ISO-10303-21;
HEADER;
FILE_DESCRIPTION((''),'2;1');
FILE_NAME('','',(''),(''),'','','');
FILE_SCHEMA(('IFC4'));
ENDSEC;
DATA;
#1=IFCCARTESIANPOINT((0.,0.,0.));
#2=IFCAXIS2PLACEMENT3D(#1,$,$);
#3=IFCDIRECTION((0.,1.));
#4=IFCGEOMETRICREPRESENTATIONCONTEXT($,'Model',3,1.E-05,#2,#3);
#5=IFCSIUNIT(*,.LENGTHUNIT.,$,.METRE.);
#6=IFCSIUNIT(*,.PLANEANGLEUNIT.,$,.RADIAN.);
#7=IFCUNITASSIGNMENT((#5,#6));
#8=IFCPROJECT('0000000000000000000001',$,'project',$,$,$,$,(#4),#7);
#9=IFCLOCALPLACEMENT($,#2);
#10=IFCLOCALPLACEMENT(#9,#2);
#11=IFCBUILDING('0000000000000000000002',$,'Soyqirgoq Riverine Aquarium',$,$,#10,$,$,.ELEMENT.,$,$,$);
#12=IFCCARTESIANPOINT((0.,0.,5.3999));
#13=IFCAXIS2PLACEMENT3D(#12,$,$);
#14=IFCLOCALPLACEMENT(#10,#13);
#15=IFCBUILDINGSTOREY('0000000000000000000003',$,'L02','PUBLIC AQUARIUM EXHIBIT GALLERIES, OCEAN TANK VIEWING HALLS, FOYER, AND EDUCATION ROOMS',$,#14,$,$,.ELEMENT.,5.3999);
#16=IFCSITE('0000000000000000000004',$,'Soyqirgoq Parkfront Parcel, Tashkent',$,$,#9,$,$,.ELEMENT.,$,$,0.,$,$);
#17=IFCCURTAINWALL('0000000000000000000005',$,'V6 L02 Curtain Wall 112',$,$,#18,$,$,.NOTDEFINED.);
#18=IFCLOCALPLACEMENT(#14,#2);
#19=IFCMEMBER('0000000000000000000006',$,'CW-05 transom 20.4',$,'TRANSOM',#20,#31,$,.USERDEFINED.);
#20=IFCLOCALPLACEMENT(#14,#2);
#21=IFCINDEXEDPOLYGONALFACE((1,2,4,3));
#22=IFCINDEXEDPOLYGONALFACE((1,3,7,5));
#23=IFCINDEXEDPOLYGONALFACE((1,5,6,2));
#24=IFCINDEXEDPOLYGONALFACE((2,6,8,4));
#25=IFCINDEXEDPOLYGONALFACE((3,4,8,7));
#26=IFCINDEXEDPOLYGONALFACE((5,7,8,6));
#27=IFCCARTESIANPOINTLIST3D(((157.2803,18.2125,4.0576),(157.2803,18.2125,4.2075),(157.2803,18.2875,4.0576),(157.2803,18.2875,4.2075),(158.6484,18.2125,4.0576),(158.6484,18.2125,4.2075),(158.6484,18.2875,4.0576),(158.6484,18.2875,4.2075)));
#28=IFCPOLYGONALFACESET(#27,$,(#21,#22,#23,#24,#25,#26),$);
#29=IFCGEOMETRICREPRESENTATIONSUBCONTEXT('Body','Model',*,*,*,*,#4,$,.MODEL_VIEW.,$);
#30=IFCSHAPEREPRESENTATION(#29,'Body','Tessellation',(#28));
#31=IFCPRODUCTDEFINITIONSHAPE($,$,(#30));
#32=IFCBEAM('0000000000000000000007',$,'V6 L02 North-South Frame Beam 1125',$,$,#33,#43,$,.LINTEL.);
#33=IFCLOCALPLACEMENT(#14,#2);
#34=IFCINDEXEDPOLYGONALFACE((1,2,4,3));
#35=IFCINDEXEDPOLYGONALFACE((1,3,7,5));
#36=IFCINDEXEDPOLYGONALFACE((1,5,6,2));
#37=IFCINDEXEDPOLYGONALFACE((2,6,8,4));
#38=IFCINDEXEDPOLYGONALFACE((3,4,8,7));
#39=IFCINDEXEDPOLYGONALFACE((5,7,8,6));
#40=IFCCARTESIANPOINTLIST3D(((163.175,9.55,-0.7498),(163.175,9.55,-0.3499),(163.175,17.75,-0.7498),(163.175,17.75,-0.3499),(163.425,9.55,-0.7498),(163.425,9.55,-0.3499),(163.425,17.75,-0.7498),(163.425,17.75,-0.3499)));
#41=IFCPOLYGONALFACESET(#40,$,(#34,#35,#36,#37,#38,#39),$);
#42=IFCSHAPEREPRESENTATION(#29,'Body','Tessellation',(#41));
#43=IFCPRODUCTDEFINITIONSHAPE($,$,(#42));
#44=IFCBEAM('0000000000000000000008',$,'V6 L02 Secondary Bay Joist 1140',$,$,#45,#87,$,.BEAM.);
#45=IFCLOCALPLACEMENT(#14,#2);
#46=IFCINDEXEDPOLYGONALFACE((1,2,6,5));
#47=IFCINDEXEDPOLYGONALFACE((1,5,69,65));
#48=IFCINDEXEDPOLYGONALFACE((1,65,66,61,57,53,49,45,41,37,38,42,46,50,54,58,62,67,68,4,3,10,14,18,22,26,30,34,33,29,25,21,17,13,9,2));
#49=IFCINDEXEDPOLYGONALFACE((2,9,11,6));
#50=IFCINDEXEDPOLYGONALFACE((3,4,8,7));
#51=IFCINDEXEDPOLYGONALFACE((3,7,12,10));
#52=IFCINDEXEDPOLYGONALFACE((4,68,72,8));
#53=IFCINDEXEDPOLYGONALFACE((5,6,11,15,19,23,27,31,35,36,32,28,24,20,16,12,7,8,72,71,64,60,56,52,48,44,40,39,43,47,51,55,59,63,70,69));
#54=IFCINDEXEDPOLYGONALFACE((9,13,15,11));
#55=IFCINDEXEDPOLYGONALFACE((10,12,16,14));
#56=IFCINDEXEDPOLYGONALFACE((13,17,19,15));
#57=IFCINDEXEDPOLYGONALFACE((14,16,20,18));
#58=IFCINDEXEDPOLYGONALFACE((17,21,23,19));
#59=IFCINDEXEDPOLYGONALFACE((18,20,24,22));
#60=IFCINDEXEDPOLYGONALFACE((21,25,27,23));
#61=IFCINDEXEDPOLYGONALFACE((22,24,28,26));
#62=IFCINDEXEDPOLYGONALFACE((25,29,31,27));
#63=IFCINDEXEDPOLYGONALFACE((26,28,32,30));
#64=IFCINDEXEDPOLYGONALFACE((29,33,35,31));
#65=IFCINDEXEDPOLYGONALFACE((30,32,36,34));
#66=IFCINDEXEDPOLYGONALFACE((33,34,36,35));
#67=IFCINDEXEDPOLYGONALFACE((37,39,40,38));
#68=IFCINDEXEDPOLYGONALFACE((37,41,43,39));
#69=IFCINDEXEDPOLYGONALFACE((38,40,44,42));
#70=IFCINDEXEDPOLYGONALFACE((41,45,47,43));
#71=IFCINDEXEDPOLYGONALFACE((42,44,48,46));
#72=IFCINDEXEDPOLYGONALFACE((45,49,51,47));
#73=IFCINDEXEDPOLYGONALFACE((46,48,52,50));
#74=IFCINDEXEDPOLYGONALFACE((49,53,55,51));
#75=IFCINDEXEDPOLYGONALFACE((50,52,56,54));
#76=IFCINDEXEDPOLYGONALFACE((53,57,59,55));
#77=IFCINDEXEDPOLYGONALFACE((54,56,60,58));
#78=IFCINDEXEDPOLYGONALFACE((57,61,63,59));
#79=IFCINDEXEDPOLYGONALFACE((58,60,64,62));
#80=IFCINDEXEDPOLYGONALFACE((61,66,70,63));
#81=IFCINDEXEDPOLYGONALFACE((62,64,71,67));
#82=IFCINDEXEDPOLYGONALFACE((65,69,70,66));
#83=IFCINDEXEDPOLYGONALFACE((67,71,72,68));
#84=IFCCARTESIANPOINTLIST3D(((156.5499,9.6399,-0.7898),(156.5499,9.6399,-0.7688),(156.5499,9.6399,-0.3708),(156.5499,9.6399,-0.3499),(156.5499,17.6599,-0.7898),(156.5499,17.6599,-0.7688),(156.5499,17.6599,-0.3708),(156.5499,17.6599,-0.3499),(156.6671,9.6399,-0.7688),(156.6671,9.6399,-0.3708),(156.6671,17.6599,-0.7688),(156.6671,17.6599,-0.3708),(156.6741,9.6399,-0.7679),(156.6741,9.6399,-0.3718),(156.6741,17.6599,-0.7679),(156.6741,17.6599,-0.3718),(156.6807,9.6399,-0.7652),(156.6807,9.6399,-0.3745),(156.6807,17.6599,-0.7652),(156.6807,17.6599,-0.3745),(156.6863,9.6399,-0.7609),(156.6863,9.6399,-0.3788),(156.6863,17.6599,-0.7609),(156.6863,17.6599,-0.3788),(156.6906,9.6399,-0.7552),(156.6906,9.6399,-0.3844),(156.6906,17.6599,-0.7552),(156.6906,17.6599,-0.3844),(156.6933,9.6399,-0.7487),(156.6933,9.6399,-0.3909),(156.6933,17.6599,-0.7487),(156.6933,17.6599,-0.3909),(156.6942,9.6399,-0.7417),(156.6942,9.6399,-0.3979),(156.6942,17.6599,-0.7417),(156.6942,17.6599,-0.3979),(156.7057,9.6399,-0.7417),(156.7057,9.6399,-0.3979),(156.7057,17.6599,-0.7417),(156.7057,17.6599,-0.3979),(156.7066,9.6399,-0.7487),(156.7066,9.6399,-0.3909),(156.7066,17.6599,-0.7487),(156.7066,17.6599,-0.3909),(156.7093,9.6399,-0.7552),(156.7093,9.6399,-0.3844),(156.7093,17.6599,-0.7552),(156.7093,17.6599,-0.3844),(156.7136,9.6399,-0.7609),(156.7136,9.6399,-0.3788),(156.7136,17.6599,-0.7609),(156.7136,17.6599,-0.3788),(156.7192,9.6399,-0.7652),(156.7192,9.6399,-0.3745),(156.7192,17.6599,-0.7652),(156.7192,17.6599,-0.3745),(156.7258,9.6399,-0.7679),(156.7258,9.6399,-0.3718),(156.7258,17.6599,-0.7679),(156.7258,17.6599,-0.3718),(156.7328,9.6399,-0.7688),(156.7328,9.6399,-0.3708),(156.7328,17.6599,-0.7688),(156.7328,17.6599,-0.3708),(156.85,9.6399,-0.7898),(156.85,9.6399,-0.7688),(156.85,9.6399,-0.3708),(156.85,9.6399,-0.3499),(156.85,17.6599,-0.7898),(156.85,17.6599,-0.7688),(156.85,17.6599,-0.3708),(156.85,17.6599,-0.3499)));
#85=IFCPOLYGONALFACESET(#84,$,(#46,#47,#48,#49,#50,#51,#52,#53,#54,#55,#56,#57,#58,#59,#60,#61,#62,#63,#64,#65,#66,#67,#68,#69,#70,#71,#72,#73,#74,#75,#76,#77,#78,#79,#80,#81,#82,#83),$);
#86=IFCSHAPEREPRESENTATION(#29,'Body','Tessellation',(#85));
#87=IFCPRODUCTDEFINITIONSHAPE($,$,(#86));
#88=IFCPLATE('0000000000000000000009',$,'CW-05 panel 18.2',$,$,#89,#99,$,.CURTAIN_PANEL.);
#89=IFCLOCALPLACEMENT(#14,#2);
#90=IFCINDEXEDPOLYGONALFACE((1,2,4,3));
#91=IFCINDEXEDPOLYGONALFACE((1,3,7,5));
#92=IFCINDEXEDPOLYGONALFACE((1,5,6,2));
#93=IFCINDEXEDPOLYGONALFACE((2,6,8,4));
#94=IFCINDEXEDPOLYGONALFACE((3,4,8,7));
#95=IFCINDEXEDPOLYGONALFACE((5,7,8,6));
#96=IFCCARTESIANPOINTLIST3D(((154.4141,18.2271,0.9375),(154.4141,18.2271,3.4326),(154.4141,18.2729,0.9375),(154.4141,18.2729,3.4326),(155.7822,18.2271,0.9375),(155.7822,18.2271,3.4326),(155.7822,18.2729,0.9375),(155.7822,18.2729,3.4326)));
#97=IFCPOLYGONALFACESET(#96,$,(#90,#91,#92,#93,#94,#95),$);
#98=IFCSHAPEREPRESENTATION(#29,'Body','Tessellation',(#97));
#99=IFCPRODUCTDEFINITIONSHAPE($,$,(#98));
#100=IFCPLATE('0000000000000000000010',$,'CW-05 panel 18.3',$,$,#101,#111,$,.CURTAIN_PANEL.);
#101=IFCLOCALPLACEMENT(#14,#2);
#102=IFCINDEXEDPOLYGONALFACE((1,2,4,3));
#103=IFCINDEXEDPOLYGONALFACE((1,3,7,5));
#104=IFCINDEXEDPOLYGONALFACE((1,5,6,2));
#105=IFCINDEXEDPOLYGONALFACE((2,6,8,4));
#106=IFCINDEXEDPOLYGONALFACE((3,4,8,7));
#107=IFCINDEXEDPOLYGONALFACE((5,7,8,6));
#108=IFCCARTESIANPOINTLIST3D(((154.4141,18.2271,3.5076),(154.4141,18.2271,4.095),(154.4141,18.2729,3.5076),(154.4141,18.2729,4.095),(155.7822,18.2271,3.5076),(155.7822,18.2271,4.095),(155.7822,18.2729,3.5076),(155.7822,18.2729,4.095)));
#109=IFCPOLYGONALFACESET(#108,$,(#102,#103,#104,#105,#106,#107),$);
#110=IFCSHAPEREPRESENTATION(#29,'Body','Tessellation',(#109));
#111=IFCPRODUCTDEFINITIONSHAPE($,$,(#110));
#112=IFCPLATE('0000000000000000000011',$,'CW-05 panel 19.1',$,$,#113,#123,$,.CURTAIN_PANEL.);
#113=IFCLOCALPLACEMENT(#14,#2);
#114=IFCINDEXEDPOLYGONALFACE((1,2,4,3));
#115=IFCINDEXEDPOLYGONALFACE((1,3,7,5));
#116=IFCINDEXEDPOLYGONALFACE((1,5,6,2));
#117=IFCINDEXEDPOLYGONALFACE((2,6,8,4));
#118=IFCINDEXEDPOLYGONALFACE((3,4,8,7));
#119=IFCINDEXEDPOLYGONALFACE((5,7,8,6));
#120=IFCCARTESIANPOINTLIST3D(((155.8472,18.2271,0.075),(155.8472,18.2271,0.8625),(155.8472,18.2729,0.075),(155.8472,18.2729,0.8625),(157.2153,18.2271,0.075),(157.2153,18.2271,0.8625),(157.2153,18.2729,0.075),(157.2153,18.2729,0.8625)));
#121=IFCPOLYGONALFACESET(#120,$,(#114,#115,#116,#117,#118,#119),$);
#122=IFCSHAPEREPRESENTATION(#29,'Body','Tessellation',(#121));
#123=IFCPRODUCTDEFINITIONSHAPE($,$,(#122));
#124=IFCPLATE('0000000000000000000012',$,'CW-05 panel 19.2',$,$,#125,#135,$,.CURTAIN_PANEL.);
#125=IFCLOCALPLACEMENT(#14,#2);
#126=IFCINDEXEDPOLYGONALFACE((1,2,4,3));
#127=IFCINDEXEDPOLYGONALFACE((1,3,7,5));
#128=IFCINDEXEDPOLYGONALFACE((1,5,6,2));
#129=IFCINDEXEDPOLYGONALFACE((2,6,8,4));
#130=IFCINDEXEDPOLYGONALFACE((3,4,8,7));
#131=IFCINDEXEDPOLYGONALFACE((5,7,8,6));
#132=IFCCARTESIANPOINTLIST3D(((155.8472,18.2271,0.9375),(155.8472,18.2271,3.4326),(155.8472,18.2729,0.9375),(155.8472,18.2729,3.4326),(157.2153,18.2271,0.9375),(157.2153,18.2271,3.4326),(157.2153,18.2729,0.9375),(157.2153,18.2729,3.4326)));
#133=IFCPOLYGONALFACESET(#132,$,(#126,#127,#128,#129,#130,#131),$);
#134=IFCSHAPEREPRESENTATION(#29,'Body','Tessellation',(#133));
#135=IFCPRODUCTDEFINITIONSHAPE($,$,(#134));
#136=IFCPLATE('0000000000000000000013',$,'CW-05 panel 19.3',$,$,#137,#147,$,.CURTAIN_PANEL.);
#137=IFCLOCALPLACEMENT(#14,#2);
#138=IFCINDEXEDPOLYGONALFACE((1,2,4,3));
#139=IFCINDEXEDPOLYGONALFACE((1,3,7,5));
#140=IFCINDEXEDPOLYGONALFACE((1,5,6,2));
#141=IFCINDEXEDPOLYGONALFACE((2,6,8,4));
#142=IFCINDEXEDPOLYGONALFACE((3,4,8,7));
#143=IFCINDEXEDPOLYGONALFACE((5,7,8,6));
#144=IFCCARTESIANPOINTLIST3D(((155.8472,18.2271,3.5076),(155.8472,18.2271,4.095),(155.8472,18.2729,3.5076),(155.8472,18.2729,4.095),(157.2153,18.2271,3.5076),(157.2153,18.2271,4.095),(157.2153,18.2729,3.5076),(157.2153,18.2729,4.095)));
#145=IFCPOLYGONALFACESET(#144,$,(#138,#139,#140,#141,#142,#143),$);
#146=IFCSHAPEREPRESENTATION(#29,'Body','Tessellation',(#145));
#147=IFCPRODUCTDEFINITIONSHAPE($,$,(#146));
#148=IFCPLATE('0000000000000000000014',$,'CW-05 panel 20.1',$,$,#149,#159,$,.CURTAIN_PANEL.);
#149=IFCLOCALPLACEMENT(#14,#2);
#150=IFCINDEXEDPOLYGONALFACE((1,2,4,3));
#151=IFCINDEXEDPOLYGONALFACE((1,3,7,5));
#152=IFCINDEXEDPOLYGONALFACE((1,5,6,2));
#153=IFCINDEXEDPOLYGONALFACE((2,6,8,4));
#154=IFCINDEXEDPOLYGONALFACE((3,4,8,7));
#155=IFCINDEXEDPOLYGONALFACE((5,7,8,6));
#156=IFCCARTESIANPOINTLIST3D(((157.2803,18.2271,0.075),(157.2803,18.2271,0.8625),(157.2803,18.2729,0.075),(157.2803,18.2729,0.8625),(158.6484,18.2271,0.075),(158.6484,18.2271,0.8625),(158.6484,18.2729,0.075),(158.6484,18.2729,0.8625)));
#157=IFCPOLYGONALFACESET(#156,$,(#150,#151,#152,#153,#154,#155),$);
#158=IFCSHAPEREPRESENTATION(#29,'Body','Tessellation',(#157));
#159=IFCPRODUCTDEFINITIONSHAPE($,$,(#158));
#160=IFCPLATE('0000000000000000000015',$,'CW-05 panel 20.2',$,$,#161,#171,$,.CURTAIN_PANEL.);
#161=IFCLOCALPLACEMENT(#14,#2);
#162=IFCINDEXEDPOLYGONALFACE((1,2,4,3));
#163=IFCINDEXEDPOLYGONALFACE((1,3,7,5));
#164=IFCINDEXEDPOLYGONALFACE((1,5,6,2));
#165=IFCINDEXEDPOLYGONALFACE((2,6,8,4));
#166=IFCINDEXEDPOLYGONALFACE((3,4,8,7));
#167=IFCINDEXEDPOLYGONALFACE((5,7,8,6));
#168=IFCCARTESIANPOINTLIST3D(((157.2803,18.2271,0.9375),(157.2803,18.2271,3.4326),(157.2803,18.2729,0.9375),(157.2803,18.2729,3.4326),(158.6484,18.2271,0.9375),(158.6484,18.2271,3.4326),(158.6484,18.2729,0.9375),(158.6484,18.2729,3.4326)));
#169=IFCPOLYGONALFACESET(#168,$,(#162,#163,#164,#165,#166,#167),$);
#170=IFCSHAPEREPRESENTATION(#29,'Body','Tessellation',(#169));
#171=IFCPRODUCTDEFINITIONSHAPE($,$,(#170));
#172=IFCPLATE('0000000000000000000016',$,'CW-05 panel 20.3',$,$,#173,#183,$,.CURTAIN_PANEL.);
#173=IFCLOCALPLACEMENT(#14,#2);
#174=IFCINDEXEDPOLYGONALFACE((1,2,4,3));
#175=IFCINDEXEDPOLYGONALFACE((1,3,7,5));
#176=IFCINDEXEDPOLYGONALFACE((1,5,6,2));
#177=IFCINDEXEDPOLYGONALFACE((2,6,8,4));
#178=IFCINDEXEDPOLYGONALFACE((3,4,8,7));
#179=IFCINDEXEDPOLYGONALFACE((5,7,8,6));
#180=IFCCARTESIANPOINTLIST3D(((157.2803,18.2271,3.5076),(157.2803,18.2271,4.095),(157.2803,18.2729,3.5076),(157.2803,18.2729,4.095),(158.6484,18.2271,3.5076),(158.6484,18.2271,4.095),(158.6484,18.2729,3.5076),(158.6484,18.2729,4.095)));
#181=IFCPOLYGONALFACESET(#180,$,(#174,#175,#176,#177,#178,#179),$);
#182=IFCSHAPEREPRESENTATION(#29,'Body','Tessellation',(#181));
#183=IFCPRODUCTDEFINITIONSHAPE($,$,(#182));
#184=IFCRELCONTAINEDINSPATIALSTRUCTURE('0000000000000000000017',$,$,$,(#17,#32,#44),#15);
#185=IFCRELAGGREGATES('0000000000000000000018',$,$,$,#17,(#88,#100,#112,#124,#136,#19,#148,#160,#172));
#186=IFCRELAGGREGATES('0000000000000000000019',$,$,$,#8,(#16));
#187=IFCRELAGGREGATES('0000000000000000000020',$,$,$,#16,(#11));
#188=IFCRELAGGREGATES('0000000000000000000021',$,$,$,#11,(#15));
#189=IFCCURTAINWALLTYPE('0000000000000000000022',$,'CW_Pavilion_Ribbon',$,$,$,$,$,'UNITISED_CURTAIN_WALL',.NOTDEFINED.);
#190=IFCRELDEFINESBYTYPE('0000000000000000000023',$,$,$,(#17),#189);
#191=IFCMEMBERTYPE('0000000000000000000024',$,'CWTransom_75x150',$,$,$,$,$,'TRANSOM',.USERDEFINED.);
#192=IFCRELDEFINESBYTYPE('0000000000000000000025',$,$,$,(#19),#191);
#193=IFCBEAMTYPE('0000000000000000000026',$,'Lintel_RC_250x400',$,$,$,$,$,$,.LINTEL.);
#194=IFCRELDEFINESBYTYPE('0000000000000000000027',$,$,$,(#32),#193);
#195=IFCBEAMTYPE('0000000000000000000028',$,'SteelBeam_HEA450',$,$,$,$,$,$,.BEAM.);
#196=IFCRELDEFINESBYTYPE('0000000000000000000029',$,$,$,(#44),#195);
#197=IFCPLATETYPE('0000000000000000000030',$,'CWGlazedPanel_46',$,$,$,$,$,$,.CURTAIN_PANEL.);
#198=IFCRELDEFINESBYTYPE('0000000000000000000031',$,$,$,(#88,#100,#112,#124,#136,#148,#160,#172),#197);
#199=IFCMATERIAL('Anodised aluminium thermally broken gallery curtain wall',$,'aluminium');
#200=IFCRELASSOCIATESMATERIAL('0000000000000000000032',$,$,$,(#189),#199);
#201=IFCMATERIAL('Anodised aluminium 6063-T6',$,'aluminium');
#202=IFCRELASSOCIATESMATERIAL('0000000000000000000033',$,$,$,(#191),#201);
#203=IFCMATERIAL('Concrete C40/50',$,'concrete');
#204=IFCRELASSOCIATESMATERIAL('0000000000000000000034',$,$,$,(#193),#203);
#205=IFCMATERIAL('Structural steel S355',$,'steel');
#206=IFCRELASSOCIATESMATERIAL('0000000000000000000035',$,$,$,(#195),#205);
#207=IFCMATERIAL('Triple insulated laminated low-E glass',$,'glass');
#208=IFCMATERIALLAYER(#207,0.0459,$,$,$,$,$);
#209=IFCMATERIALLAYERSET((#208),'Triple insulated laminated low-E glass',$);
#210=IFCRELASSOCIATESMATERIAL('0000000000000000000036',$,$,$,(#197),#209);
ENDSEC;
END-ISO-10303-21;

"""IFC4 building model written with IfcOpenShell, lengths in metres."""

from ifc_helpers import new_model, si_unit, direction, frame, origin, origin_2d, place, context, subcontext, project, spatial, rectangle, i_section, extrude, material, layer, layer_set, material_profile, profile_set, type_object, element, aggregate, save


model = new_model("IFC4")

# Units and contexts
model_context = context("Model", 3, precision=1e-05, world=origin(), true_north=direction((0.0, 1.0)))
body_context = subcontext(model_context, "Body", "Model", "MODEL_VIEW")
ifc_project = project(units=[si_unit("LENGTHUNIT", "METRE"), si_unit("PLANEANGLEUNIT", "RADIAN")], contexts=[model_context])

# Site, building, storey
site_placement = place(None, origin())
site = spatial("IfcSite", under=ifc_project, at=site_placement, Name="Soyqirgoq Parkfront Parcel, Tashkent", CompositionType="ELEMENT", RefElevation=0.0)
building_placement = place(site_placement, origin())
building = spatial("IfcBuilding", under=site, at=building_placement, Name="Soyqirgoq Riverine Aquarium", CompositionType="ELEMENT")
storey_placement = place(building_placement, frame((0.0, 0.0, 5.3999)))
storey = spatial("IfcBuildingStorey", under=building, at=storey_placement, Name="L02", Description="PUBLIC AQUARIUM EXHIBIT GALLERIES, OCEAN TANK VIEWING HALLS, FOYER, AND EDUCATION ROOMS", CompositionType="ELEMENT", Elevation=5.3999)

# Curtain wall, member
ifc_material_1 = material(Name="Anodised aluminium thermally broken gallery curtain wall", Category="aluminium")
curtain_wall_type = type_object("IfcCurtainWallType", Name="CW_Pavilion_Ribbon", ElementType="UNITISED_CURTAIN_WALL", PredefinedType="NOTDEFINED", material=ifc_material_1)
curtain_wall_placement = place(storey_placement, origin())
curtain_wall = element("IfcCurtainWall", 1, at=curtain_wall_placement, inside=storey, type_object=curtain_wall_type, Name="V6 L02 Curtain Wall 112", PredefinedType="NOTDEFINED")
ifc_material_2 = material(Name="Anodised aluminium 6063-T6", Category="aluminium")
ifc_material_profile_1 = material_profile(ifc_material_2, rectangle(XDim=0.075, YDim=0.1499, at=origin_2d()), Name="ALU-T 75x150")
ifc_profile_set_1 = profile_set([ifc_material_profile_1], Name="Anodised aluminium 6063-T6")
member_type_1 = type_object("IfcMemberType", Name="CWTransom_75x150", ElementType="TRANSOM", PredefinedType="USERDEFINED", material=ifc_profile_set_1)
member_1_placement = place(storey_placement, frame((157.2803, 18.25, 4.1326), z_axis=(1.0, 0.0, 0.0), x_axis=(0.0, 1.0, 0.0)))
member_1 = element("IfcMember", 2, at=member_1_placement, type_object=member_type_1, Name="CW-05 transom 20.4", ObjectType="TRANSOM", PredefinedType="USERDEFINED", context=body_context, shape_type="SweptSolid", body=[
    extrude(rectangle(XDim=0.075, YDim=0.1499, at=origin_2d()), origin(), (0.0, 0.0, 1.0), 1.3682),
])

# Beams
ifc_material_3 = material(Name="Concrete C40/50", Category="concrete")
ifc_material_profile_2 = material_profile(ifc_material_3, rectangle(XDim=0.25, YDim=0.3999, at=origin_2d()), Name="RC 250x400")
ifc_profile_set_2 = profile_set([ifc_material_profile_2], Name="Concrete C40/50")
beam_type_1 = type_object("IfcBeamType", Name="Lintel_RC_250x400", PredefinedType="LINTEL", material=ifc_profile_set_2)
beam_1_placement = place(storey_placement, frame((163.3, 9.55, -0.5498), z_axis=(0.0, 1.0, 0.0), x_axis=(-1.0, 0.0, 0.0)))
element("IfcBeam", 3, at=beam_1_placement, inside=storey, type_object=beam_type_1, Name="V6 L02 North-South Frame Beam 1125", PredefinedType="LINTEL", context=body_context, shape_type="SweptSolid", body=[
    extrude(rectangle(XDim=0.25, YDim=0.3999, at=origin_2d()), origin(), (0.0, 0.0, 1.0), 8.2),
])
ifc_material_4 = material(Name="Structural steel S355", Category="steel")
ifc_material_profile_3 = material_profile(ifc_material_4, i_section(OverallWidth=0.3, OverallDepth=0.4399, WebThickness=0.0115, FlangeThickness=0.021, FilletRadius=0.0271, at=origin_2d()), Name="HEA 450")
ifc_profile_set_3 = profile_set([ifc_material_profile_3], Name="Structural steel S355")
beam_type_2 = type_object("IfcBeamType", Name="SteelBeam_HEA450", PredefinedType="BEAM", material=ifc_profile_set_3)
beam_2_placement = place(storey_placement, frame((156.7, 9.6399, -0.5698), z_axis=(0.0, 1.0, 0.0), x_axis=(-1.0, 0.0, 0.0)))
element("IfcBeam", 4, at=beam_2_placement, inside=storey, type_object=beam_type_2, Name="V6 L02 Secondary Bay Joist 1140", PredefinedType="BEAM", context=body_context, shape_type="SweptSolid", body=[
    extrude(i_section(OverallWidth=0.3, OverallDepth=0.4399, WebThickness=0.0115, FlangeThickness=0.021, FilletRadius=0.0271, at=origin_2d()), origin(), (0.0, 0.0, 1.0), 8.02),
])

# Plates
ifc_material_5 = material(Name="Triple insulated laminated low-E glass", Category="glass")
ifc_layer = layer(ifc_material_5, 0.0459)
ifc_layer_set = layer_set([ifc_layer], Name="Triple insulated laminated low-E glass")
plate_type = type_object("IfcPlateType", Name="CWGlazedPanel_46", PredefinedType="CURTAIN_PANEL", material=ifc_layer_set)
plate_1_placement = place(storey_placement, frame((155.0981, 18.25, 0.9375), z_axis=(0.0, 0.0, 1.0), x_axis=(1.0, 0.0, 0.0)))
plate_1 = element("IfcPlate", 5, at=plate_1_placement, type_object=plate_type, Name="CW-05 panel 18.2", PredefinedType="CURTAIN_PANEL", context=body_context, shape_type="SweptSolid", body=[
    extrude(rectangle(XDim=1.3682, YDim=0.0459, at=origin_2d()), origin(), (0.0, 0.0, 1.0), 2.4951),
])
plate_2_placement = place(storey_placement, frame((155.0981, 18.25, 3.5076), z_axis=(0.0, 0.0, 1.0), x_axis=(1.0, 0.0, 0.0)))
plate_2 = element("IfcPlate", 6, at=plate_2_placement, type_object=plate_type, Name="CW-05 panel 18.3", PredefinedType="CURTAIN_PANEL", context=body_context, shape_type="SweptSolid", body=[
    extrude(rectangle(XDim=1.3682, YDim=0.0459, at=origin_2d()), origin(), (0.0, 0.0, 1.0), 0.5874),
])
plate_3_placement = place(storey_placement, frame((156.5312, 18.25, 0.075), z_axis=(0.0, 0.0, 1.0), x_axis=(1.0, 0.0, 0.0)))
plate_3 = element("IfcPlate", 7, at=plate_3_placement, type_object=plate_type, Name="CW-05 panel 19.1", PredefinedType="CURTAIN_PANEL", context=body_context, shape_type="SweptSolid", body=[
    extrude(rectangle(XDim=1.3682, YDim=0.0459, at=origin_2d()), origin(), (0.0, 0.0, 1.0), 0.7876),
])
plate_4_placement = place(storey_placement, frame((156.5312, 18.25, 0.9375), z_axis=(0.0, 0.0, 1.0), x_axis=(1.0, 0.0, 0.0)))
plate_4 = element("IfcPlate", 8, at=plate_4_placement, type_object=plate_type, Name="CW-05 panel 19.2", PredefinedType="CURTAIN_PANEL", context=body_context, shape_type="SweptSolid", body=[
    extrude(rectangle(XDim=1.3682, YDim=0.0459, at=origin_2d()), origin(), (0.0, 0.0, 1.0), 2.4951),
])
plate_5_placement = place(storey_placement, frame((156.5312, 18.25, 3.5076), z_axis=(0.0, 0.0, 1.0), x_axis=(1.0, 0.0, 0.0)))
plate_5 = element("IfcPlate", 9, at=plate_5_placement, type_object=plate_type, Name="CW-05 panel 19.3", PredefinedType="CURTAIN_PANEL", context=body_context, shape_type="SweptSolid", body=[
    extrude(rectangle(XDim=1.3682, YDim=0.0459, at=origin_2d()), origin(), (0.0, 0.0, 1.0), 0.5874),
])
plate_6_placement = place(storey_placement, frame((157.9644, 18.25, 0.075), z_axis=(0.0, 0.0, 1.0), x_axis=(1.0, 0.0, 0.0)))
plate_6 = element("IfcPlate", 10, at=plate_6_placement, type_object=plate_type, Name="CW-05 panel 20.1", PredefinedType="CURTAIN_PANEL", context=body_context, shape_type="SweptSolid", body=[
    extrude(rectangle(XDim=1.3682, YDim=0.0459, at=origin_2d()), origin(), (0.0, 0.0, 1.0), 0.7876),
])
plate_7_placement = place(storey_placement, frame((157.9644, 18.25, 0.9375), z_axis=(0.0, 0.0, 1.0), x_axis=(1.0, 0.0, 0.0)))
plate_7 = element("IfcPlate", 11, at=plate_7_placement, type_object=plate_type, Name="CW-05 panel 20.2", PredefinedType="CURTAIN_PANEL", context=body_context, shape_type="SweptSolid", body=[
    extrude(rectangle(XDim=1.3682, YDim=0.0459, at=origin_2d()), origin(), (0.0, 0.0, 1.0), 2.4951),
])
plate_8_placement = place(storey_placement, frame((157.9644, 18.25, 3.5076), z_axis=(0.0, 0.0, 1.0), x_axis=(1.0, 0.0, 0.0)))
plate_8 = element("IfcPlate", 12, at=plate_8_placement, type_object=plate_type, Name="CW-05 panel 20.3", PredefinedType="CURTAIN_PANEL", context=body_context, shape_type="SweptSolid", body=[
    extrude(rectangle(XDim=1.3682, YDim=0.0459, at=origin_2d()), origin(), (0.0, 0.0, 1.0), 0.5874),
])
aggregate(curtain_wall, [plate_1, plate_2, plate_3, plate_4, plate_5, member_1, plate_6, plate_7, plate_8])

save(model, "model.ifc")
